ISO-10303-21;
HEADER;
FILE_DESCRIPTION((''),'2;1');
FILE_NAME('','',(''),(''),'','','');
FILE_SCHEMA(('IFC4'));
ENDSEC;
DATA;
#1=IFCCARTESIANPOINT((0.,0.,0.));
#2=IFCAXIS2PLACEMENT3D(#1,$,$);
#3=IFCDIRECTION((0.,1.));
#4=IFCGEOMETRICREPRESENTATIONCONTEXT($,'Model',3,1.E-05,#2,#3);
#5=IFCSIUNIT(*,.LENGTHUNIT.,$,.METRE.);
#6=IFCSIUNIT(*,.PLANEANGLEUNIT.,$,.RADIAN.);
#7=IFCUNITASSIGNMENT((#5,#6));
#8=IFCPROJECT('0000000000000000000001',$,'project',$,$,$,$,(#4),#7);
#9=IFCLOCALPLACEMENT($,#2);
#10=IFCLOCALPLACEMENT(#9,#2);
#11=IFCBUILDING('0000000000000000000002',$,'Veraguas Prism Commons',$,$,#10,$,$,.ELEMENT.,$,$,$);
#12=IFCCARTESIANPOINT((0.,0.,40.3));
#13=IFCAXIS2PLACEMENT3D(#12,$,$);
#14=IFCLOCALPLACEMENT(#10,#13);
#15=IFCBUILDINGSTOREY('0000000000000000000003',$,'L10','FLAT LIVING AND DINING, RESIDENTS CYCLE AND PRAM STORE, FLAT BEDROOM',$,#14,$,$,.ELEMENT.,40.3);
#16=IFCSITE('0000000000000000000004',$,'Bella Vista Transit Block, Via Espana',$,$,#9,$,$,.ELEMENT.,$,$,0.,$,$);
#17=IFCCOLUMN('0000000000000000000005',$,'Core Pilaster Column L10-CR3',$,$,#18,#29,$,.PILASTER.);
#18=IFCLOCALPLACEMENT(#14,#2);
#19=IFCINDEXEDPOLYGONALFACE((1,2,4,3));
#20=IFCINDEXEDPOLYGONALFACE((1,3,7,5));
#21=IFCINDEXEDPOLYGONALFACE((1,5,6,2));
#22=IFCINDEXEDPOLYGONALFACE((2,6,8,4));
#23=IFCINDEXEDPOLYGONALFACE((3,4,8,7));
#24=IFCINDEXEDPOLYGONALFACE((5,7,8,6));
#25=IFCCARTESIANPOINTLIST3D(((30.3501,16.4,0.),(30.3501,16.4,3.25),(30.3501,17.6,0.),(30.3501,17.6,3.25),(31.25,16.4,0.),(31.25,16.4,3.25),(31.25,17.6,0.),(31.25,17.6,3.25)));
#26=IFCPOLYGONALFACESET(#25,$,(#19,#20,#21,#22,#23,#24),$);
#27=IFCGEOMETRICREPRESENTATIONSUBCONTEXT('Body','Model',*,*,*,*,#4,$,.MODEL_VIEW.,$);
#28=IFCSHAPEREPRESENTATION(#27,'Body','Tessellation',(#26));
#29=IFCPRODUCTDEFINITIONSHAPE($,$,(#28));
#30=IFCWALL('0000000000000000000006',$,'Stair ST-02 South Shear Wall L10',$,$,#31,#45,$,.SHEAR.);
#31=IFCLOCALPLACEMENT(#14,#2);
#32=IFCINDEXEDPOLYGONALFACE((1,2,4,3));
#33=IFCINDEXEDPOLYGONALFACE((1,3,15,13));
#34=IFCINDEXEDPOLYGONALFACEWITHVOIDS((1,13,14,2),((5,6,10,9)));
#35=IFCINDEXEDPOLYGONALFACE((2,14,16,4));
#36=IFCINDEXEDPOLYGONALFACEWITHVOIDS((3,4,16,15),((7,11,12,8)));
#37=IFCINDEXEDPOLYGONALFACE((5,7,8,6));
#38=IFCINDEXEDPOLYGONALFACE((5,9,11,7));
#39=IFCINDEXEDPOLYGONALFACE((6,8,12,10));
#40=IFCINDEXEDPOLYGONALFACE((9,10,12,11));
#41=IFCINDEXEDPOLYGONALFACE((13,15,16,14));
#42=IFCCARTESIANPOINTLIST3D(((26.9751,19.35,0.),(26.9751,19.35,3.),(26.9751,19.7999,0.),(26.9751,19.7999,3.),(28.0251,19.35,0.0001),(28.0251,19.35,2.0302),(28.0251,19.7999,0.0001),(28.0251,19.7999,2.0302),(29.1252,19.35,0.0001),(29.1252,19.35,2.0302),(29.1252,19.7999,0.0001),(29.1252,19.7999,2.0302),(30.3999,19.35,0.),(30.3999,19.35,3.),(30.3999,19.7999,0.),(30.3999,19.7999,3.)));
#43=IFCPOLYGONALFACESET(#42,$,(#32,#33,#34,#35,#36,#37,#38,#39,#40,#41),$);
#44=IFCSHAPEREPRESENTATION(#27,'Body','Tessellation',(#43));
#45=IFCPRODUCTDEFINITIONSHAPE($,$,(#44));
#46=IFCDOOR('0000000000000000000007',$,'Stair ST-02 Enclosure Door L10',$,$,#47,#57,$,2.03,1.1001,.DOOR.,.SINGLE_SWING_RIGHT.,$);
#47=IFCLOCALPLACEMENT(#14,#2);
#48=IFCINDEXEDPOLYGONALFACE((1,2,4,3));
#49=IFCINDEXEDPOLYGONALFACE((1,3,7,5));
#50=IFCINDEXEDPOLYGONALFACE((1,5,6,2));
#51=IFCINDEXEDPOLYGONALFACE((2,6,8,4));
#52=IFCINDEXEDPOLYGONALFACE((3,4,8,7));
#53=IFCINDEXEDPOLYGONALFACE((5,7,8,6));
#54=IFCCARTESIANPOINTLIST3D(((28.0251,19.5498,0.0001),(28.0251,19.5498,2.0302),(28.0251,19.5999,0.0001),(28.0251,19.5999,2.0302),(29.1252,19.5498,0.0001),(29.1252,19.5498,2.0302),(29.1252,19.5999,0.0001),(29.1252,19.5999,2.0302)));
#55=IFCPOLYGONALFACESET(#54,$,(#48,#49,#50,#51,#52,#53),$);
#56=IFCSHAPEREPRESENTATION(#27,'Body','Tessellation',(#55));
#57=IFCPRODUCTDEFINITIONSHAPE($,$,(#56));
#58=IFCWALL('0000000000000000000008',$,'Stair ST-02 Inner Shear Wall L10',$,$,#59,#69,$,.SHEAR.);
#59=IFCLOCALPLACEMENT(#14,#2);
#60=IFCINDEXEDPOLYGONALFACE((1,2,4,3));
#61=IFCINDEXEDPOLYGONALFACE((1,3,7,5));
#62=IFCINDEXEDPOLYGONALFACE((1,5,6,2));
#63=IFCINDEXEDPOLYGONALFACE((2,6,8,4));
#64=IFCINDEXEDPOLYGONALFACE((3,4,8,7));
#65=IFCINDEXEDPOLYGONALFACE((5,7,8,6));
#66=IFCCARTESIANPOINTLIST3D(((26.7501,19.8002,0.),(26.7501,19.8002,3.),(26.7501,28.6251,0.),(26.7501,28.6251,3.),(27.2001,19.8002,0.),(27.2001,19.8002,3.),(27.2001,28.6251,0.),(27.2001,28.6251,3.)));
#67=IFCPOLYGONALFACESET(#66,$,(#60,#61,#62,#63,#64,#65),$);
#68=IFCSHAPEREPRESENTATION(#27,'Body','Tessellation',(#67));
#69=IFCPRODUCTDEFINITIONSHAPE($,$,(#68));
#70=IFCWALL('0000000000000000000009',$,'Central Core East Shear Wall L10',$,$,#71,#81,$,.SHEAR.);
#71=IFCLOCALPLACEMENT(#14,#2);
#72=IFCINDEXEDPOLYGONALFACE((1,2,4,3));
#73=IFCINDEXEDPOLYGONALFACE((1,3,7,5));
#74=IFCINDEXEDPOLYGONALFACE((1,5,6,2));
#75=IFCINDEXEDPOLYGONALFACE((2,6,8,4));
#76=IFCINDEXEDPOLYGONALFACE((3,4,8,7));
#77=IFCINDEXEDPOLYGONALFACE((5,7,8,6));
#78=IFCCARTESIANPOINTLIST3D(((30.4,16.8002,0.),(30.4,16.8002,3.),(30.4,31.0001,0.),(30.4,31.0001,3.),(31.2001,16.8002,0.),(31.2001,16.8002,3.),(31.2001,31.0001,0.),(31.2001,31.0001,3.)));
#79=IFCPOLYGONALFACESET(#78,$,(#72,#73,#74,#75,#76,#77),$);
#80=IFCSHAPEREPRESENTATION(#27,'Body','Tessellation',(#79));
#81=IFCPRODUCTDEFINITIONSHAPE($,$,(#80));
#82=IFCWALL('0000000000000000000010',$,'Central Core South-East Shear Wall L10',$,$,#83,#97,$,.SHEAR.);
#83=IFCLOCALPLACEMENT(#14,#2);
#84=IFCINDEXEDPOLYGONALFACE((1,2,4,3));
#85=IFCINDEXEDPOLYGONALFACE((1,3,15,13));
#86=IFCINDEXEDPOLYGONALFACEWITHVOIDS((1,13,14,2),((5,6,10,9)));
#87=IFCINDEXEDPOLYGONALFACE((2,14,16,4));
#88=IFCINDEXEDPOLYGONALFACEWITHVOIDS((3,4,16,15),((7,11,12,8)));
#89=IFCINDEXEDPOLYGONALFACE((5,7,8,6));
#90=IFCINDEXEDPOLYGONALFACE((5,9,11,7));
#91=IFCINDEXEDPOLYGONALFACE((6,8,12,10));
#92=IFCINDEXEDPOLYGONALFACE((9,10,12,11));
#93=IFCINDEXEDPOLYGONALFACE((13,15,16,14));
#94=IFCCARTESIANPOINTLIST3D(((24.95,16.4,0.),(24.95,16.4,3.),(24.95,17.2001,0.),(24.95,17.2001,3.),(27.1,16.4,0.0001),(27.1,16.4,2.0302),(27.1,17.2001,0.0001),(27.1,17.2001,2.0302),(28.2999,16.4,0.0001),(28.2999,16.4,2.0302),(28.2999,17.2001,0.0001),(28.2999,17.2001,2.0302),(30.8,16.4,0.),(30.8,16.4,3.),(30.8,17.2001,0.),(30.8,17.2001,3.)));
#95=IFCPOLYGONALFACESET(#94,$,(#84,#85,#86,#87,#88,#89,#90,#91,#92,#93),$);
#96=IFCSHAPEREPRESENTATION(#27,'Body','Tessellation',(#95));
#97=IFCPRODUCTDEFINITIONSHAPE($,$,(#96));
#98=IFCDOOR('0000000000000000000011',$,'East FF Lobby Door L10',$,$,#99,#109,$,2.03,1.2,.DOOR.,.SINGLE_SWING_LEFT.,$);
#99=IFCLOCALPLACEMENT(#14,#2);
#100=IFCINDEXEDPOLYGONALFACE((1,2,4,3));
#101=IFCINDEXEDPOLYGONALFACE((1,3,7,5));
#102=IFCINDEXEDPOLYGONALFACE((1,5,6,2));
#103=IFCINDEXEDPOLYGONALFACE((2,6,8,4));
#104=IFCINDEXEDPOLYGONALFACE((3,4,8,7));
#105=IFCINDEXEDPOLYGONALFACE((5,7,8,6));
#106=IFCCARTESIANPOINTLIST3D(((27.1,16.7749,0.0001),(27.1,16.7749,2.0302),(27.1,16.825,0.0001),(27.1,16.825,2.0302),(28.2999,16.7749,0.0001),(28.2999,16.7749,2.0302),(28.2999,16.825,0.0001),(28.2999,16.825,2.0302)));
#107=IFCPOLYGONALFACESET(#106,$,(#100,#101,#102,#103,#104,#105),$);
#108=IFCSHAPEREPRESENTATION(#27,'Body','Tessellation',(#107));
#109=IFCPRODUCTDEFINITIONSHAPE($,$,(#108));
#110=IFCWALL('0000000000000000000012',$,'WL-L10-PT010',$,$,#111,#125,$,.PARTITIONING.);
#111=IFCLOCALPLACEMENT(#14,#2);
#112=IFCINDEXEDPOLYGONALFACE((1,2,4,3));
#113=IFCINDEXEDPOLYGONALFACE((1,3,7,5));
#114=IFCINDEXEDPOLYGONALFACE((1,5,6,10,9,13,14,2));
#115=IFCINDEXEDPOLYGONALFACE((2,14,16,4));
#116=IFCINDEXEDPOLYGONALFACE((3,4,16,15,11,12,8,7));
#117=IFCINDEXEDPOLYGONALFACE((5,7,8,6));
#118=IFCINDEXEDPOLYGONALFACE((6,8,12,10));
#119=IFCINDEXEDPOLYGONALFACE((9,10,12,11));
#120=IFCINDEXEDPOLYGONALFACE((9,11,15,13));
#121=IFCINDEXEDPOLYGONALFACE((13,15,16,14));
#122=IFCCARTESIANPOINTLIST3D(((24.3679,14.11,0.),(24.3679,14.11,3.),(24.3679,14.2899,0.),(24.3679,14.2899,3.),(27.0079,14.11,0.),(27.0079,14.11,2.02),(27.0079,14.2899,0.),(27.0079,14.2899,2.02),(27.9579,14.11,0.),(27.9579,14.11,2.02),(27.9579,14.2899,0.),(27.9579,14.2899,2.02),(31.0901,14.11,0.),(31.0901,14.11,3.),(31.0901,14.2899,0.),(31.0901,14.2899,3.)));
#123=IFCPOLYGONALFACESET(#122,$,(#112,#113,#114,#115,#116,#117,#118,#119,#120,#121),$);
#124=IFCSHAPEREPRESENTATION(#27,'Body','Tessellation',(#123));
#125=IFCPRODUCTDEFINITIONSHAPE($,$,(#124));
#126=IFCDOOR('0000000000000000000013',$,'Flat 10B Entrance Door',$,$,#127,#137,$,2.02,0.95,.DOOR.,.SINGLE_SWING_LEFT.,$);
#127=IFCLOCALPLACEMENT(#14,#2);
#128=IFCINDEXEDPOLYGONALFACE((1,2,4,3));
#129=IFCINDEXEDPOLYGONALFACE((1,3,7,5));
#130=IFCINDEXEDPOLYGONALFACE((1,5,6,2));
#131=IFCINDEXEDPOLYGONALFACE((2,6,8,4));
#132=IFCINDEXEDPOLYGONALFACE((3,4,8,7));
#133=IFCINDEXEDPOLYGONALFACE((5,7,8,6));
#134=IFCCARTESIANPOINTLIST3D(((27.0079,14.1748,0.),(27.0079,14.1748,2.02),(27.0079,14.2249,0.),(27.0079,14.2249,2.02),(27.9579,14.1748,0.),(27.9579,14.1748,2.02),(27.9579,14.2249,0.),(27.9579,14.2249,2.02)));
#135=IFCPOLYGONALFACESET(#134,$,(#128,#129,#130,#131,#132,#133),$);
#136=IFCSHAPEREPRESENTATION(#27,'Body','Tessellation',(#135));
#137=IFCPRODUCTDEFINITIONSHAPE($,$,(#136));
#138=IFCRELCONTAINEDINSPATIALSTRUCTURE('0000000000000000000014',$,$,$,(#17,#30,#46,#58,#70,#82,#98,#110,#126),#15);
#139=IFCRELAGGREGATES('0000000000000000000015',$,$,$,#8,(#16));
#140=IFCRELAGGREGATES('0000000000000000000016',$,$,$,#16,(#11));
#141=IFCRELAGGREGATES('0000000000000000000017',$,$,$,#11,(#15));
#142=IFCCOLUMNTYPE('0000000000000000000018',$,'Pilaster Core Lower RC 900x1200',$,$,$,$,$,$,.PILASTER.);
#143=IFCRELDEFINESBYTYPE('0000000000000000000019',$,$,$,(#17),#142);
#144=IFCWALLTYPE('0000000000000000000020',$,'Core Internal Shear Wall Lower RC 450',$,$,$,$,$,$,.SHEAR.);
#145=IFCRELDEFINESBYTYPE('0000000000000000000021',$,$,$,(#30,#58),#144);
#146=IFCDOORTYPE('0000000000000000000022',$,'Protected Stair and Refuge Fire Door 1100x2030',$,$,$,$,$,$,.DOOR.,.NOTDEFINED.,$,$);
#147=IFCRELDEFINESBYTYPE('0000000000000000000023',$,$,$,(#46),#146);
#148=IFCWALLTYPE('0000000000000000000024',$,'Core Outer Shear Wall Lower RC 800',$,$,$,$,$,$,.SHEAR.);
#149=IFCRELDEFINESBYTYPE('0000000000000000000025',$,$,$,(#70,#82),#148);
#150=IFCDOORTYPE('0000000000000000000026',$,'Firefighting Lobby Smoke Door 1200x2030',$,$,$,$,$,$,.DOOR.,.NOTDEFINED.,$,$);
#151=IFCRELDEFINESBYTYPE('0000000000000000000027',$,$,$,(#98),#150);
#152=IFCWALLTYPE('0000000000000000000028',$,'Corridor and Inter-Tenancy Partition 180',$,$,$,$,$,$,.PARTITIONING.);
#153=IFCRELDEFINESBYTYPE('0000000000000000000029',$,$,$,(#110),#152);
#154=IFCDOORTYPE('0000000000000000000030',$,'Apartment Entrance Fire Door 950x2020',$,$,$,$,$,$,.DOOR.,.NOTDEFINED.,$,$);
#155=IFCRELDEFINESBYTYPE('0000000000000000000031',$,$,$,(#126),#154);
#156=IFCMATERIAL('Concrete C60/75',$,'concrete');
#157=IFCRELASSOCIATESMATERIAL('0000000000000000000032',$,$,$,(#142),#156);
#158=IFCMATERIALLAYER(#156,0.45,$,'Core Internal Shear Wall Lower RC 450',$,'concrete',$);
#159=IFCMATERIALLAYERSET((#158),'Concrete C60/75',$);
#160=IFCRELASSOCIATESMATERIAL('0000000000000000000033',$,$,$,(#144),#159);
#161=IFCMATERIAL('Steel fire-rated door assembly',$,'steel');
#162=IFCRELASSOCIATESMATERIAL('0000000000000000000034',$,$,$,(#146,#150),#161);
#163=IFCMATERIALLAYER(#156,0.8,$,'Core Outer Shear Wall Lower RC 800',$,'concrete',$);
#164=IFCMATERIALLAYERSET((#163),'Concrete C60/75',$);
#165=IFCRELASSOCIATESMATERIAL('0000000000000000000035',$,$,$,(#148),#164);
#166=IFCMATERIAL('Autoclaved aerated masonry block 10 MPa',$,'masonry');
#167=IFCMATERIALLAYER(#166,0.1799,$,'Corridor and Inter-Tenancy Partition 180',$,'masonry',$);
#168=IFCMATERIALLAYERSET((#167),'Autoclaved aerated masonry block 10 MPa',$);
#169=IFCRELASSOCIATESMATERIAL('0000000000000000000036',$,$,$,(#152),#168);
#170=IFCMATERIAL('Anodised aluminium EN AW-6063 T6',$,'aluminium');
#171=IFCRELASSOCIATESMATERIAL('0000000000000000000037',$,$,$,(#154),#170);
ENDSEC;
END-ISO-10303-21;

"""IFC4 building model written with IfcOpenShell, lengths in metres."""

from ifc_helpers import new_model, si_unit, direction, frame, frame_2d, origin, origin_2d, place, context, subcontext, project, spatial, rectangle, extrude, source, transform, mapped, material, layer, layer_set, material_profile, profile_set, type_object, element, fill, save


model = new_model("IFC4")

# Units and contexts
model_context = context("Model", 3, precision=1e-05, world=origin(), true_north=direction((0.0, 1.0)))
body_context = subcontext(model_context, "Body", "Model", "MODEL_VIEW")
ifc_project = project(units=[si_unit("LENGTHUNIT", "METRE"), si_unit("PLANEANGLEUNIT", "RADIAN")], contexts=[model_context])

# Site, building, storey
site_placement = place(None, origin())
site = spatial("IfcSite", under=ifc_project, at=site_placement, Name="Bella Vista Transit Block, Via Espana", CompositionType="ELEMENT", RefElevation=0.0)
building_placement = place(site_placement, origin())
building = spatial("IfcBuilding", under=site, at=building_placement, Name="Veraguas Prism Commons", CompositionType="ELEMENT")
storey_placement = place(building_placement, frame((0.0, 0.0, 40.3)))
storey = spatial("IfcBuildingStorey", under=building, at=storey_placement, Name="L10", Description="FLAT LIVING AND DINING, RESIDENTS CYCLE AND PRAM STORE, FLAT BEDROOM", CompositionType="ELEMENT", Elevation=40.3)

# Column
ifc_material_1 = material(Name="Concrete C60/75", Category="concrete")
ifc_material_profile = material_profile(ifc_material_1, rectangle(XDim=0.8999, YDim=1.2, at=origin_2d()), Name="RC900X1200")
ifc_profile_set = profile_set([ifc_material_profile], Name="Concrete C60/75")
column_type = type_object("IfcColumnType", Name="Pilaster Core Lower RC 900x1200", PredefinedType="PILASTER", material=ifc_profile_set)
column_placement = place(storey_placement, frame((30.8, 17.0, 0.0), z_axis=(0.0, 0.0, 1.0), x_axis=(1.0, 0.0, 0.0)))
element("IfcColumn", 1, at=column_placement, inside=storey, type_object=column_type, Name="Core Pilaster Column L10-CR3", PredefinedType="PILASTER", context=body_context, shape_type="SweptSolid", body=[
    extrude(rectangle(XDim=0.8999, YDim=1.2, at=origin_2d()), origin(), (0.0, 0.0, 1.0), 3.25),
])

# Wall, opening, door
ifc_layer_1 = layer(ifc_material_1, 0.45, Name="Core Internal Shear Wall Lower RC 450", Category="concrete")
ifc_layer_set_1 = layer_set([ifc_layer_1], Name="Concrete C60/75")
wall_type_1 = type_object("IfcWallType", Name="Core Internal Shear Wall Lower RC 450", PredefinedType="SHEAR", material=ifc_layer_set_1)
wall_1_placement = place(storey_placement, frame((26.9751, 19.575, 0.0), z_axis=(0.0, 0.0, 1.0), x_axis=(1.0, 0.0, 0.0)))
wall_1 = element("IfcWall", 2, at=wall_1_placement, inside=storey, type_object=wall_type_1, Name="Stair ST-02 South Shear Wall L10", PredefinedType="SHEAR", context=body_context, shape_type="SweptSolid", body=[
    extrude(rectangle(XDim=3.4248, YDim=0.45, at=frame_2d((1.7124, 0.0))), origin(), (0.0, 0.0, 1.0), 3.0),
])
opening_1_placement = place(wall_1_placement, frame((1.05, 0.0, 0.0)))
opening_1 = element("IfcOpeningElement", 3, at=opening_1_placement, cuts=wall_1, PredefinedType="OPENING", context=body_context, shape_type="SweptSolid", body=[
    extrude(rectangle(XDim=1.1001, YDim=2.03, at=frame_2d((0.55, 1.0151))), frame((0.0, 0.2349, 0.0), z_axis=(0.0, -1.0, 0.0), x_axis=(1.0, 0.0, 0.0)), (0.0, 0.0, 1.0), 0.47),
])
ifc_material_2 = material(Name="Steel fire-rated door assembly", Category="steel")
door_type_1 = type_object("IfcDoorType", Name="Protected Stair and Refuge Fire Door 1100x2030", OperationType="NOTDEFINED", PredefinedType="DOOR", material=ifc_material_2)
shared_shape_1 = source(origin(), body_context, "Body", "SweptSolid", [
    extrude(rectangle(XDim=1.1001, YDim=2.03, at=frame_2d((0.55, 1.0151))), frame((0.0, 0.0249, 0.0), z_axis=(0.0, -1.0, 0.0), x_axis=(1.0, 0.0, 0.0)), (0.0, 0.0, 1.0), 0.05),
])
door_1_placement = place(opening_1_placement, origin())
door_1 = element("IfcDoor", 4, at=door_1_placement, inside=storey, type_object=door_type_1, Name="Stair ST-02 Enclosure Door L10", OperationType="SINGLE_SWING_RIGHT", OverallHeight=2.03, OverallWidth=1.1001, PredefinedType="DOOR", context=body_context, shape_type="MappedRepresentation", body=[
    mapped(shared_shape_1, transform((0.0, 0.0, 0.0), scale=1.0)),
])
fill(opening_1, door_1)

# Walls
wall_2_placement = place(storey_placement, frame((26.9751, 19.8, 0.0), z_axis=(0.0, 0.0, 1.0), x_axis=(0.0, 1.0, 0.0)))
element("IfcWall", 5, at=wall_2_placement, inside=storey, type_object=wall_type_1, Name="Stair ST-02 Inner Shear Wall L10", PredefinedType="SHEAR", context=body_context, shape_type="SweptSolid", body=[
    extrude(rectangle(XDim=8.825, YDim=0.45, at=frame_2d((4.4126, 0.0))), origin(), (0.0, 0.0, 1.0), 3.0),
])
ifc_layer_2 = layer(ifc_material_1, 0.8, Name="Core Outer Shear Wall Lower RC 800", Category="concrete")
ifc_layer_set_2 = layer_set([ifc_layer_2], Name="Concrete C60/75")
wall_type_2 = type_object("IfcWallType", Name="Core Outer Shear Wall Lower RC 800", PredefinedType="SHEAR", material=ifc_layer_set_2)
wall_3_placement = place(storey_placement, frame((30.8, 16.8, 0.0), z_axis=(0.0, 0.0, 1.0), x_axis=(0.0, 1.0, 0.0)))
element("IfcWall", 6, at=wall_3_placement, inside=storey, type_object=wall_type_2, Name="Central Core East Shear Wall L10", PredefinedType="SHEAR", context=body_context, shape_type="SweptSolid", body=[
    extrude(rectangle(XDim=14.2, YDim=0.8, at=frame_2d((7.1001, 0.0))), origin(), (0.0, 0.0, 1.0), 3.0),
])

# Walls, openings, doors
wall_4_placement = place(storey_placement, frame((24.95, 16.8, 0.0), z_axis=(0.0, 0.0, 1.0), x_axis=(1.0, 0.0, 0.0)))
wall_4 = element("IfcWall", 7, at=wall_4_placement, inside=storey, type_object=wall_type_2, Name="Central Core South-East Shear Wall L10", PredefinedType="SHEAR", context=body_context, shape_type="SweptSolid", body=[
    extrude(rectangle(XDim=5.8501, YDim=0.8, at=frame_2d((2.925, 0.0))), origin(), (0.0, 0.0, 1.0), 3.0),
])
opening_2_placement = place(wall_4_placement, frame((2.1499, 0.0, 0.0)))
opening_2 = element("IfcOpeningElement", 8, at=opening_2_placement, cuts=wall_4, PredefinedType="OPENING", context=body_context, shape_type="SweptSolid", body=[
    extrude(rectangle(XDim=1.2, YDim=2.03, at=frame_2d((0.6001, 1.0151))), frame((0.0, 0.4099, 0.0), z_axis=(0.0, -1.0, 0.0), x_axis=(1.0, 0.0, 0.0)), (0.0, 0.0, 1.0), 0.8201),
])
door_type_2 = type_object("IfcDoorType", Name="Firefighting Lobby Smoke Door 1200x2030", OperationType="NOTDEFINED", PredefinedType="DOOR", material=ifc_material_2)
shared_shape_2 = source(origin(), body_context, "Body", "SweptSolid", [
    extrude(rectangle(XDim=1.2, YDim=2.03, at=frame_2d((0.6001, 1.0151))), frame((0.0, 0.0249, 0.0), z_axis=(0.0, -1.0, 0.0), x_axis=(1.0, 0.0, 0.0)), (0.0, 0.0, 1.0), 0.05),
])
door_2_placement = place(opening_2_placement, origin())
door_2 = element("IfcDoor", 9, at=door_2_placement, inside=storey, type_object=door_type_2, Name="East FF Lobby Door L10", OperationType="SINGLE_SWING_LEFT", OverallHeight=2.03, OverallWidth=1.2, PredefinedType="DOOR", context=body_context, shape_type="MappedRepresentation", body=[
    mapped(shared_shape_2, transform((0.0, 0.0, 0.0), scale=1.0)),
])
fill(opening_2, door_2)
ifc_material_3 = material(Name="Autoclaved aerated masonry block 10 MPa", Category="masonry")
ifc_layer_3 = layer(ifc_material_3, 0.1799, Name="Corridor and Inter-Tenancy Partition 180", Category="masonry")
ifc_layer_set_3 = layer_set([ifc_layer_3], Name="Autoclaved aerated masonry block 10 MPa")
wall_type_3 = type_object("IfcWallType", Name="Corridor and Inter-Tenancy Partition 180", PredefinedType="PARTITIONING", material=ifc_layer_set_3)
wall_5_placement = place(storey_placement, frame((24.3679, 14.2, 0.0), z_axis=(0.0, 0.0, 1.0), x_axis=(1.0, 0.0, 0.0)))
wall_5 = element("IfcWall", 10, at=wall_5_placement, inside=storey, type_object=wall_type_3, Name="WL-L10-PT010", PredefinedType="PARTITIONING", context=body_context, shape_type="SweptSolid", body=[
    extrude(rectangle(XDim=6.7222, YDim=0.1799, at=frame_2d((3.3611, 0.0))), origin(), (0.0, 0.0, 1.0), 3.0),
])
opening_3_placement = place(wall_5_placement, frame((2.6399, 0.0, 0.0)))
opening_3 = element("IfcOpeningElement", 11, at=opening_3_placement, cuts=wall_5, PredefinedType="OPENING", context=body_context, shape_type="SweptSolid", body=[
    extrude(rectangle(XDim=0.95, YDim=2.02, at=frame_2d((0.4751, 1.01))), frame((0.0, 0.0999, 0.0), z_axis=(0.0, -1.0, 0.0), x_axis=(1.0, 0.0, 0.0)), (0.0, 0.0, 1.0), 0.2),
])
ifc_material_4 = material(Name="Anodised aluminium EN AW-6063 T6", Category="aluminium")
door_type_3 = type_object("IfcDoorType", Name="Apartment Entrance Fire Door 950x2020", OperationType="NOTDEFINED", PredefinedType="DOOR", material=ifc_material_4)
shared_shape_3 = source(origin(), body_context, "Body", "SweptSolid", [
    extrude(rectangle(XDim=0.95, YDim=2.02, at=frame_2d((0.4751, 1.01))), frame((0.0, 0.0249, 0.0), z_axis=(0.0, -1.0, 0.0), x_axis=(1.0, 0.0, 0.0)), (0.0, 0.0, 1.0), 0.05),
])
door_3_placement = place(opening_3_placement, origin())
door_3 = element("IfcDoor", 12, at=door_3_placement, inside=storey, type_object=door_type_3, Name="Flat 10B Entrance Door", OperationType="SINGLE_SWING_LEFT", OverallHeight=2.02, OverallWidth=0.95, PredefinedType="DOOR", context=body_context, shape_type="MappedRepresentation", body=[
    mapped(shared_shape_3, transform((0.0, 0.0, 0.0), scale=1.0)),
])
fill(opening_3, door_3)

save(model, "model.ifc")
